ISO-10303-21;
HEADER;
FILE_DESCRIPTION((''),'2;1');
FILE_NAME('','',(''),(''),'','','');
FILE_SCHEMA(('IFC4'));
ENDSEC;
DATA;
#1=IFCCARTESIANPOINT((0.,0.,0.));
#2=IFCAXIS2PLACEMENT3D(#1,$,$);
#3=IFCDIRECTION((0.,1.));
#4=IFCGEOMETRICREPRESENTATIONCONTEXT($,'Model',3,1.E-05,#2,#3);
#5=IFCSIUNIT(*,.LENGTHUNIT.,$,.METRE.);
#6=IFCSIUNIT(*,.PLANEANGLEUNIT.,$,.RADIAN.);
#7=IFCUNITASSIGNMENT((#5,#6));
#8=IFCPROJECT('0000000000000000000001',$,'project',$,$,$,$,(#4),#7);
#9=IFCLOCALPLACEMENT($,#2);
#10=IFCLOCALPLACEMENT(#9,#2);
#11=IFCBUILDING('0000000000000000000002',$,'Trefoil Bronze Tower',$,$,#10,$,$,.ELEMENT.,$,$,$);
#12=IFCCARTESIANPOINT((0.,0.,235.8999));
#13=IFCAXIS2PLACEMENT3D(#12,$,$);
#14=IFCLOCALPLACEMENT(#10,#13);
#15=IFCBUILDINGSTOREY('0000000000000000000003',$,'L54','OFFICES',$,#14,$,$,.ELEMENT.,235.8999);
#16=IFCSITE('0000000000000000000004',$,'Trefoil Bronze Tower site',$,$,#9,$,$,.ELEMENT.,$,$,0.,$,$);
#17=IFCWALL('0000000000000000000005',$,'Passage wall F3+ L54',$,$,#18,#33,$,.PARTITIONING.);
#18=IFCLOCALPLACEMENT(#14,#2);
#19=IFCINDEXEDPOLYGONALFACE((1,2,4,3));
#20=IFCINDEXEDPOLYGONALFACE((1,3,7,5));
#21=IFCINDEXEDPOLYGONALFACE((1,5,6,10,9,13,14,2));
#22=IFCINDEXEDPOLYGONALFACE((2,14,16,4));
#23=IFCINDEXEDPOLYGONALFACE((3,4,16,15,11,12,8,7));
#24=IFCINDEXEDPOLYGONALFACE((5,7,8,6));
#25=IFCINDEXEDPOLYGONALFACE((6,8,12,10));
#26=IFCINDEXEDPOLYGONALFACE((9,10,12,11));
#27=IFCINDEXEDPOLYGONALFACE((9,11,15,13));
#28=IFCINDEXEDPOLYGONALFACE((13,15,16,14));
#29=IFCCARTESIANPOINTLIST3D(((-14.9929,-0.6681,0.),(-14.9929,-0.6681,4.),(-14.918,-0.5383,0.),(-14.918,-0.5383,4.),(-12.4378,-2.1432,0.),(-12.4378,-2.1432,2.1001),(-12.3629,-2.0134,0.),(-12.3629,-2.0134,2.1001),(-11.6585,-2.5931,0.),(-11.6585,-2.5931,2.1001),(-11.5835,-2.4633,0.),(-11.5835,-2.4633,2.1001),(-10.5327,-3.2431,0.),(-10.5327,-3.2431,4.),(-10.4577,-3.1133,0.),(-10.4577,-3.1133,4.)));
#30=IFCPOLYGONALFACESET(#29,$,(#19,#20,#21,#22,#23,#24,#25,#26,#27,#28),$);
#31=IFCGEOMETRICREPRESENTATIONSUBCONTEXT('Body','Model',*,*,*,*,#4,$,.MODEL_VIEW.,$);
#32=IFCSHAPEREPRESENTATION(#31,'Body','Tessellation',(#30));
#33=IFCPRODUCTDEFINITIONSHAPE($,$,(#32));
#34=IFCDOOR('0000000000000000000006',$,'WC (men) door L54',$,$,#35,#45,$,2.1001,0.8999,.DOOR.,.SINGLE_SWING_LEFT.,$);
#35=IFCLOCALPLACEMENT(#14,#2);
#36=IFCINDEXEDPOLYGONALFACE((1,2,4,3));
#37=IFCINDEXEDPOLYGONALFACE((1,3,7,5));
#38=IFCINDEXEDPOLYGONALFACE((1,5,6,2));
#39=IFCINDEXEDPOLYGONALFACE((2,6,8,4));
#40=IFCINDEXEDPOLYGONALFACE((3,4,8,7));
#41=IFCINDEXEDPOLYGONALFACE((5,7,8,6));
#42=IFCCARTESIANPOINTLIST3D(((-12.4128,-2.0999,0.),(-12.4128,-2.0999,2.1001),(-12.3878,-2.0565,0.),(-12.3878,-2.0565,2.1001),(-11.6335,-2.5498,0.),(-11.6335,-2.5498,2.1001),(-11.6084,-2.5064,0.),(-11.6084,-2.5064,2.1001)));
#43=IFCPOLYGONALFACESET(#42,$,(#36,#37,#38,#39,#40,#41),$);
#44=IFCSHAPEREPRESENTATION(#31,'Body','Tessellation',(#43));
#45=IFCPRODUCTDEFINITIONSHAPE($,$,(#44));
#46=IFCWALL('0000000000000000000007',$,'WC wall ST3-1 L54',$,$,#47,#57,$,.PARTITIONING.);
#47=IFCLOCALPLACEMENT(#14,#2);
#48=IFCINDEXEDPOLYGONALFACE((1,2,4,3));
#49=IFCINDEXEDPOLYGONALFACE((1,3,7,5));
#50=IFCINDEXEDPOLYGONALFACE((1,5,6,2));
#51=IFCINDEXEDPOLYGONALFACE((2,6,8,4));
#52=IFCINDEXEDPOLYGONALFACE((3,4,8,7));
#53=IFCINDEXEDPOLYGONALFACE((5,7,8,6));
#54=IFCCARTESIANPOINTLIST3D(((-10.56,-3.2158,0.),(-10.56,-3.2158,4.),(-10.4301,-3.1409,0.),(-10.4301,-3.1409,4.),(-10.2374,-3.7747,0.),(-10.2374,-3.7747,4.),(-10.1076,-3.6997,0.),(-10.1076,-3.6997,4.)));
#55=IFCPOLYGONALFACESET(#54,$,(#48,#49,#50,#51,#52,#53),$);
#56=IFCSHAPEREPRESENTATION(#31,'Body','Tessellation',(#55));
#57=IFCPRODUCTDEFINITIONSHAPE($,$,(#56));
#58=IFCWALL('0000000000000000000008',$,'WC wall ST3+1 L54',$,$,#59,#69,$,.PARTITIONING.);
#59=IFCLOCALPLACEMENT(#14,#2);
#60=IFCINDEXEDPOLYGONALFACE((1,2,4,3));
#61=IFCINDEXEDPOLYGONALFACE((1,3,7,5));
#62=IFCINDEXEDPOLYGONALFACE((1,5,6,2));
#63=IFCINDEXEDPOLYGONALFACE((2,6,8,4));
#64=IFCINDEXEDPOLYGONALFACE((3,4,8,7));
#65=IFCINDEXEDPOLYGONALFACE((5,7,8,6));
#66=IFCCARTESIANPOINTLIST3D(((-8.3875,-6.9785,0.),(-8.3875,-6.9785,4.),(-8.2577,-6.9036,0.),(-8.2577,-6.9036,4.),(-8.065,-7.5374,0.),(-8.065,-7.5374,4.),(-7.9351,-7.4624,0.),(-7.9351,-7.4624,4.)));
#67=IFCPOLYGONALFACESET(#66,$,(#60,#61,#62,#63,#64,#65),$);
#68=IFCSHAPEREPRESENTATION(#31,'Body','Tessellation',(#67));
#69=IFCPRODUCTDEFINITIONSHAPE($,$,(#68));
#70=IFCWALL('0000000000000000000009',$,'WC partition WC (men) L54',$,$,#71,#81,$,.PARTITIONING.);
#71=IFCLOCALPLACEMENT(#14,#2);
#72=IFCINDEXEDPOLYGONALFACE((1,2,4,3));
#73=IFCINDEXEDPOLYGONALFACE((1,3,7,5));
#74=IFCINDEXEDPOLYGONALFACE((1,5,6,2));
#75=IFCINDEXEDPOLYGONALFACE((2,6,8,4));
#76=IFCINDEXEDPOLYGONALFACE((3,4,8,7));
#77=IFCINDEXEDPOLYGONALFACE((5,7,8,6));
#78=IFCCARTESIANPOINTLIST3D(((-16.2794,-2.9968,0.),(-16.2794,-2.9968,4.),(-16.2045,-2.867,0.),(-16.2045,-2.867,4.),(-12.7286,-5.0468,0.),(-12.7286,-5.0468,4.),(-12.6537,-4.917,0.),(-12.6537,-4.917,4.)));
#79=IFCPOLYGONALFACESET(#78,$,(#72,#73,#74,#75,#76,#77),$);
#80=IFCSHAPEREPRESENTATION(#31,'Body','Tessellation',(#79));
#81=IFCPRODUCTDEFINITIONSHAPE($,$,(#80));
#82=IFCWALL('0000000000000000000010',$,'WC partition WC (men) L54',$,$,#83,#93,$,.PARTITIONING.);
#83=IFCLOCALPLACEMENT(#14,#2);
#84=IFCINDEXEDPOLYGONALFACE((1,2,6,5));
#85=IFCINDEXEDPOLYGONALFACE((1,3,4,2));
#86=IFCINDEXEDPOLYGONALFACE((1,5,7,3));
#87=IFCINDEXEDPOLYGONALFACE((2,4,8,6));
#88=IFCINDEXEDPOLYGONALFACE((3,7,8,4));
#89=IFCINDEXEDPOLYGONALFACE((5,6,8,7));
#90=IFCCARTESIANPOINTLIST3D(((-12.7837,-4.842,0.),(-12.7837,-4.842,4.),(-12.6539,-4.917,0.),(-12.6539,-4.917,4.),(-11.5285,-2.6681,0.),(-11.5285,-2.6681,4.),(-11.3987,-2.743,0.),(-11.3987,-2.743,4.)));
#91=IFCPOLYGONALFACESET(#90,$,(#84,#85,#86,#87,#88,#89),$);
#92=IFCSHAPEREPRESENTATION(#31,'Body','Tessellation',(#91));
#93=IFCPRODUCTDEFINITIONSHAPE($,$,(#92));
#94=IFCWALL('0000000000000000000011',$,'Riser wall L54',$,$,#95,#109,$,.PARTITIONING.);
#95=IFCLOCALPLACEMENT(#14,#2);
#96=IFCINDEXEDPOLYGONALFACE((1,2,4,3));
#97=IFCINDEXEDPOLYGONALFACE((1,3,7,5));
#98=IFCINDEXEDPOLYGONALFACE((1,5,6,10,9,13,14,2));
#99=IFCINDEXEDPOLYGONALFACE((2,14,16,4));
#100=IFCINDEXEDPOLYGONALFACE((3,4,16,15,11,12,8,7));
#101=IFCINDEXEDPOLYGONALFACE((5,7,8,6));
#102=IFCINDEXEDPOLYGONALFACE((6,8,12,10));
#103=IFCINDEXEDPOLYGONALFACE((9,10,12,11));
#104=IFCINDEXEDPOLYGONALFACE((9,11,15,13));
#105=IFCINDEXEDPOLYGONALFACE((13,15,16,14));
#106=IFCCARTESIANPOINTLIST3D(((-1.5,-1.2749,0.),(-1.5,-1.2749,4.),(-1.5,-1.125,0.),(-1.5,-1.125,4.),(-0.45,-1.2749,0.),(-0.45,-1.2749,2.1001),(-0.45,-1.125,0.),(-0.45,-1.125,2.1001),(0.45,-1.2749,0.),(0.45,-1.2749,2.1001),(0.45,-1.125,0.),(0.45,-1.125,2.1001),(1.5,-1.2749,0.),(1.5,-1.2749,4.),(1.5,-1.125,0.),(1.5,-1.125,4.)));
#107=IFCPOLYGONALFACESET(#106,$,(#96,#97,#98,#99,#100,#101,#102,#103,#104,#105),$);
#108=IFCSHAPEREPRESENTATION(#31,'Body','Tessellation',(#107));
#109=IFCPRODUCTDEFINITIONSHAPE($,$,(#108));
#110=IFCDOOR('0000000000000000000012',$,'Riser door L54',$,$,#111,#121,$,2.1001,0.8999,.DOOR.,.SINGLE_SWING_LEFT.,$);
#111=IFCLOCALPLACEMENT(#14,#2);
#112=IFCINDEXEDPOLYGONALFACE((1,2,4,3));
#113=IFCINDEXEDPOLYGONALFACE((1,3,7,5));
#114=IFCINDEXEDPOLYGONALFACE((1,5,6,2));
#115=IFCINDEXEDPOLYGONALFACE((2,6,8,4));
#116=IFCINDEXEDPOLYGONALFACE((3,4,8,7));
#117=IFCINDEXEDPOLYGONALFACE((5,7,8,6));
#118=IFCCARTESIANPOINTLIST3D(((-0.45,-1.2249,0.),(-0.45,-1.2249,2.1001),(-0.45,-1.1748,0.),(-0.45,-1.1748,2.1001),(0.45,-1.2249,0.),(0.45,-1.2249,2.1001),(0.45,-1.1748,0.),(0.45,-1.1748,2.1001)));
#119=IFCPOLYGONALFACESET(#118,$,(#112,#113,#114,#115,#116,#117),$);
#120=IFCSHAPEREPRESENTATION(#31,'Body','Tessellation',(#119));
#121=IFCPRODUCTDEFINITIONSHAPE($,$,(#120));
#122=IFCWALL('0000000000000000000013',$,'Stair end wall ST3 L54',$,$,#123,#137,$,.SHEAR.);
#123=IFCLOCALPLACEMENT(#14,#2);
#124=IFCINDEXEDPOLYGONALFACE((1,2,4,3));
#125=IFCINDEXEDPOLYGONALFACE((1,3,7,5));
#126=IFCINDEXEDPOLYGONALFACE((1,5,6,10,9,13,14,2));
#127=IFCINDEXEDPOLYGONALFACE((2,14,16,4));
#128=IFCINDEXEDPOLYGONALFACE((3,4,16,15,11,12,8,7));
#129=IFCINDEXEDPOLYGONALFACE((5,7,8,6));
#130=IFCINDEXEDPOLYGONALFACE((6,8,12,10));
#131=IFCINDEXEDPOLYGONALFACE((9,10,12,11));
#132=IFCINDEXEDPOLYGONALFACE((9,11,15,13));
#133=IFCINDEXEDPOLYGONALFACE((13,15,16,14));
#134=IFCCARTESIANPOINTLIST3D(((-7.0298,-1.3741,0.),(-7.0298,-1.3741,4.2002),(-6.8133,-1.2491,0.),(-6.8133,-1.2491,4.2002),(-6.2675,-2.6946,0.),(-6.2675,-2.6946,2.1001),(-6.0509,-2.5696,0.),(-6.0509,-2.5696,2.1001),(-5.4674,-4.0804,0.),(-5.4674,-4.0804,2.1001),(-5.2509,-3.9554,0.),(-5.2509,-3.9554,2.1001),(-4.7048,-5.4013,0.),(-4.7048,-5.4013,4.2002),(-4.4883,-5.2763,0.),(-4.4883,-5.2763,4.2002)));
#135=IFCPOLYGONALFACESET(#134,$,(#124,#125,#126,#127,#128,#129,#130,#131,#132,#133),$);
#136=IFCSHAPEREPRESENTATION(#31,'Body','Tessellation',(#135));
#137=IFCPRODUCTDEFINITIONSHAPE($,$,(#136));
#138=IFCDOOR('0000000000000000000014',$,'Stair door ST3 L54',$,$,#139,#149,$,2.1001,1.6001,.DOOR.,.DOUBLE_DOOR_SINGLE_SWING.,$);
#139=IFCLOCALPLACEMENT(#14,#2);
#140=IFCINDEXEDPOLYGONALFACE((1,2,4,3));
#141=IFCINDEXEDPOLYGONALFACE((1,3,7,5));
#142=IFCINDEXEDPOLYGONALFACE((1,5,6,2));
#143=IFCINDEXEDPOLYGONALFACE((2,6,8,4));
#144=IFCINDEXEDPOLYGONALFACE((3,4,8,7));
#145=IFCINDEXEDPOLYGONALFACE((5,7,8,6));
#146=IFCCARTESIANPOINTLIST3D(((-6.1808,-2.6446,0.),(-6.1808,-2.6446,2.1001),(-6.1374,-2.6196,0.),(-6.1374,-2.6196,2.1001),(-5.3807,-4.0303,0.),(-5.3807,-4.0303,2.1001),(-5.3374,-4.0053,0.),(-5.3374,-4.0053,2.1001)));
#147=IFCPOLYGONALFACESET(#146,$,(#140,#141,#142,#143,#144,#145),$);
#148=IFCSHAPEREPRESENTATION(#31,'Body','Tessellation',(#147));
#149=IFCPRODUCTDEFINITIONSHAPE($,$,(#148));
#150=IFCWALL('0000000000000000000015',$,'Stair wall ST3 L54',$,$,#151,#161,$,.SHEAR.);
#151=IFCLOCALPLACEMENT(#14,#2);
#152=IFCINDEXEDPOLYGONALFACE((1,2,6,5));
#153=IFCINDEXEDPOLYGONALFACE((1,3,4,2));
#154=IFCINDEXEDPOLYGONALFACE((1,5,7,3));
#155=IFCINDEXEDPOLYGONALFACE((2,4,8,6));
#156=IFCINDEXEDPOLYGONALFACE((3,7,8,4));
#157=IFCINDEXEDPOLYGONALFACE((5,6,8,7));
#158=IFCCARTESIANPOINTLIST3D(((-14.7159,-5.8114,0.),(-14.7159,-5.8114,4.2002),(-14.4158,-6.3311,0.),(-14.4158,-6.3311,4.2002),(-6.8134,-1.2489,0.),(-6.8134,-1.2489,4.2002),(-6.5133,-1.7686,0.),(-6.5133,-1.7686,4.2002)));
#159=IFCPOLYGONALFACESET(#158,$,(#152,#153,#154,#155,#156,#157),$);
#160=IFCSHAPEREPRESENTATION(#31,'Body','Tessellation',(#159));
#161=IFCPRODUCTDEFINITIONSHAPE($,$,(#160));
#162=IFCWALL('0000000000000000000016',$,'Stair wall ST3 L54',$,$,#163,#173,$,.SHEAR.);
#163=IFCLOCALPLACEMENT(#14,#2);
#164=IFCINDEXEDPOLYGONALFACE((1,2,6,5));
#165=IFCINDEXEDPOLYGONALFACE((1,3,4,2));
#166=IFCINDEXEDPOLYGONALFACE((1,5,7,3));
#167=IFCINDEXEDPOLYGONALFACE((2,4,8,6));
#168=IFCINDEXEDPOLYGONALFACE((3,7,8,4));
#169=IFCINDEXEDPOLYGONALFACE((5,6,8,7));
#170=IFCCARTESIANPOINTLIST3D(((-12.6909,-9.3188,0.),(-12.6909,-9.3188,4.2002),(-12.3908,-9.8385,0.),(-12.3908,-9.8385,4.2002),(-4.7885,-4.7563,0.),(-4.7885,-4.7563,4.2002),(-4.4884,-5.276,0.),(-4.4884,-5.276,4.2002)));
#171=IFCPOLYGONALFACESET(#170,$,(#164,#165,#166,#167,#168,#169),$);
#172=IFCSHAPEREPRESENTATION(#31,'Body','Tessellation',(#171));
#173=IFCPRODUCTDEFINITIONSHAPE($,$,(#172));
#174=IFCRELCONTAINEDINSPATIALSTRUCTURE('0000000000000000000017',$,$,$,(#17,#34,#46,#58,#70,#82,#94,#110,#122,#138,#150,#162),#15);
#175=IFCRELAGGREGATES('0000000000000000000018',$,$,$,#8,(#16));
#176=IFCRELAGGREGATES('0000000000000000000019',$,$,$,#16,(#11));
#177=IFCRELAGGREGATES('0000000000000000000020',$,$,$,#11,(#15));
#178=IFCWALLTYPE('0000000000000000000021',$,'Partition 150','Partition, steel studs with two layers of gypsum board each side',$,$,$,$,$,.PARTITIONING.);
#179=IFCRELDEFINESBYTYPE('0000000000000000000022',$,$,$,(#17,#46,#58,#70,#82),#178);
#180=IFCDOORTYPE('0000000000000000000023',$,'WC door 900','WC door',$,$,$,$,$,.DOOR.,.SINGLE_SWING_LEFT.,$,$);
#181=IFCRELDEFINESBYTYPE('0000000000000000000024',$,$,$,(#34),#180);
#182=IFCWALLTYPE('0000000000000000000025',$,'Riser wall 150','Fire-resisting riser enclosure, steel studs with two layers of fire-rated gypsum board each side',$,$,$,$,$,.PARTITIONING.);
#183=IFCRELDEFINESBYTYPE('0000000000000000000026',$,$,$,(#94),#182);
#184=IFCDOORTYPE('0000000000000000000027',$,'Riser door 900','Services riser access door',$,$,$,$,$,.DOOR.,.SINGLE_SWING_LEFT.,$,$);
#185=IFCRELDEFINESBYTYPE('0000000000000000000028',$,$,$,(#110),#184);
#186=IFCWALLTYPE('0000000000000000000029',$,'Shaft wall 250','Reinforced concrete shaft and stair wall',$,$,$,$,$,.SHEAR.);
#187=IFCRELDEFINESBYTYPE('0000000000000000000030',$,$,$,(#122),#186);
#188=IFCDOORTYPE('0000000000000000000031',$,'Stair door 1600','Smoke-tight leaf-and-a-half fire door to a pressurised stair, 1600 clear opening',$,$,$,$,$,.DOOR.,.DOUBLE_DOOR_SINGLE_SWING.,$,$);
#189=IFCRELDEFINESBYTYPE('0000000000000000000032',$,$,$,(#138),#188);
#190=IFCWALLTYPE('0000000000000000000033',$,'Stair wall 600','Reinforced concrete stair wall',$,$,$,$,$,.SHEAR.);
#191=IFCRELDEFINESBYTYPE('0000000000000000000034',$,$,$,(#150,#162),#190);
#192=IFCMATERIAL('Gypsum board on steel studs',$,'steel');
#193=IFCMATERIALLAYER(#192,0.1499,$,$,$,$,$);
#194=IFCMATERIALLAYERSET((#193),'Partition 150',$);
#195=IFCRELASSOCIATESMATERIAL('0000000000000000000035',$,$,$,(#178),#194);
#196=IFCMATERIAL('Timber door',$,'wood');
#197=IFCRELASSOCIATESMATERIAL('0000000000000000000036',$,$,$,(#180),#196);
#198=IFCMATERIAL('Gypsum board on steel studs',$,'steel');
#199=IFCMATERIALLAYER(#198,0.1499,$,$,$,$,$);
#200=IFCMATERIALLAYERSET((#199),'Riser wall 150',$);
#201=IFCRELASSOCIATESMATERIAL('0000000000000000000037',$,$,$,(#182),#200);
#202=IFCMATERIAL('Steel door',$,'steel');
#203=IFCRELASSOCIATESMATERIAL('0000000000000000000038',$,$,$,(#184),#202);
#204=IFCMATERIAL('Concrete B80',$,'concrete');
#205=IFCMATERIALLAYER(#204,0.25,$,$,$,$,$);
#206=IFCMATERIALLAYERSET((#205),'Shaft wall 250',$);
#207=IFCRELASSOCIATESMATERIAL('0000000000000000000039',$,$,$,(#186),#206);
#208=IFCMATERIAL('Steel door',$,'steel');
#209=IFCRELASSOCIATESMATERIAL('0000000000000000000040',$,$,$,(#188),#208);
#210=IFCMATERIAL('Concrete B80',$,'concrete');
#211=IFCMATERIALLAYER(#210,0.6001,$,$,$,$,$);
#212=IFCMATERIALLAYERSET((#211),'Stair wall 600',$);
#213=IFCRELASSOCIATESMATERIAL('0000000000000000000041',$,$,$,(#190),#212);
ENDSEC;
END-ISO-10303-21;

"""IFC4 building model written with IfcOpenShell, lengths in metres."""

from ifc_helpers import new_model, si_unit, direction, frame, frame_2d, origin, place, context, subcontext, project, spatial, rectangle, extrude, material, layer, layer_set, type_object, element, fill, save


model = new_model("IFC4")

# Units and contexts
model_context = context("Model", 3, precision=1e-05, world=origin(), true_north=direction((0.0, 1.0)))
body_context = subcontext(model_context, "Body", "Model", "MODEL_VIEW")
ifc_project = project(units=[si_unit("LENGTHUNIT", "METRE"), si_unit("PLANEANGLEUNIT", "RADIAN")], contexts=[model_context])

# Site, building, storey
site_placement = place(None, origin())
site = spatial("IfcSite", under=ifc_project, at=site_placement, Name="Trefoil Bronze Tower site", CompositionType="ELEMENT", RefElevation=0.0)
building_placement = place(site_placement, origin())
building = spatial("IfcBuilding", under=site, at=building_placement, Name="Trefoil Bronze Tower", CompositionType="ELEMENT")
storey_placement = place(building_placement, frame((0.0, 0.0, 235.8999)))
storey = spatial("IfcBuildingStorey", under=building, at=storey_placement, Name="L54", Description="OFFICES", CompositionType="ELEMENT", Elevation=235.8999)

# Wall, opening, door
ifc_material_1 = material(Name="Gypsum board on steel studs", Category="steel")
ifc_layer_1 = layer(ifc_material_1, 0.1499)
ifc_layer_set_1 = layer_set([ifc_layer_1], Name="Partition 150")
wall_type_1 = type_object("IfcWallType", Name="Partition 150", Description="Partition, steel studs with two layers of gypsum board each side", PredefinedType="PARTITIONING", material=ifc_layer_set_1)
wall_1_placement = place(storey_placement, frame((-10.4951, -3.1782, 0.0), z_axis=(0.0, 0.0, 1.0), x_axis=(-0.866038, 0.499978, 0.0)))
wall_1 = element("IfcWall", 1, at=wall_1_placement, inside=storey, type_object=wall_type_1, Name="Passage wall F3+ L54", PredefinedType="PARTITIONING", context=body_context, shape_type="SweptSolid", body=[
    extrude(rectangle(XDim=5.1501, YDim=0.1499, at=frame_2d((2.5752, 0.0))), origin(), (0.0, 0.0, 1.0), 4.0),
])
opening_1_placement = place(wall_1_placement, frame((1.3, 0.0, 0.0)))
opening_1 = element("IfcOpeningElement", 2, at=opening_1_placement, cuts=wall_1, PredefinedType="OPENING", context=body_context, shape_type="SweptSolid", body=[
    extrude(rectangle(XDim=0.8999, YDim=2.1001, at=frame_2d((0.45, 1.05))), frame((0.0, 0.085, 0.0), z_axis=(0.0, -1.0, 0.0), x_axis=(1.0, 0.0, 0.0)), (0.0, 0.0, 1.0), 0.1699),
])
ifc_material_2 = material(Name="Timber door", Category="wood")
door_type_1 = type_object("IfcDoorType", Name="WC door 900", Description="WC door", OperationType="SINGLE_SWING_LEFT", PredefinedType="DOOR", material=ifc_material_2)
door_1_placement = place(opening_1_placement, origin())
door_1 = element("IfcDoor", 3, at=door_1_placement, inside=storey, type_object=door_type_1, Name="WC (men) door L54", OperationType="SINGLE_SWING_LEFT", OverallHeight=2.1001, OverallWidth=0.8999, PredefinedType="DOOR", context=body_context, shape_type="SweptSolid", body=[
    extrude(rectangle(XDim=0.8999, YDim=2.1001, at=frame_2d((0.45, 1.05))), frame((0.0, 0.0249, 0.0), z_axis=(0.0, -1.0, 0.0), x_axis=(1.0, 0.0, 0.0)), (0.0, 0.0, 1.0), 0.05),
])
fill(opening_1, door_1)

# Walls
for number, where, z_axis, x_axis, name in (
    (4, (-10.4951, -3.1782, 0.0), (0.0, 0.0, 1.0), (0.499843, -0.866116, 0.0), "WC wall ST3-1 L54"),
    (5, (-8.0, -7.5, 0.0), (0.0, 0.0, 1.0), (-0.499843, 0.866116, 0.0), "WC wall ST3+1 L54"),
):
    element("IfcWall", number, at=place(storey_placement, frame(where, z_axis=z_axis, x_axis=x_axis)), inside=storey, type_object=wall_type_1, Name=name, PredefinedType="PARTITIONING", context=body_context, shape_type="SweptSolid", body=[
        extrude(rectangle(XDim=0.6453, YDim=0.1499, at=frame_2d((0.3228, 0.0))), origin(), (0.0, 0.0, 1.0), 4.0),
    ])
wall_2_placement = place(storey_placement, frame((-12.6912, -4.9819, 0.0), z_axis=(0.0, 0.0, 1.0), x_axis=(-0.866025, 0.500001, 0.0)))
element("IfcWall", 6, at=wall_2_placement, inside=storey, type_object=wall_type_1, Name="WC partition WC (men) L54", PredefinedType="PARTITIONING", context=body_context, shape_type="SweptSolid", body=[
    extrude(rectangle(XDim=4.1001, YDim=0.1499, at=frame_2d((2.05, 0.0))), origin(), (0.0, 0.0, 1.0), 4.0),
])
wall_3_placement = place(storey_placement, frame((-11.4636, -2.7056, 0.0), z_axis=(0.0, 0.0, 1.0), x_axis=(-0.50002, -0.866014, 0.0)))
element("IfcWall", 7, at=wall_3_placement, inside=storey, type_object=wall_type_1, Name="WC partition WC (men) L54", PredefinedType="PARTITIONING", context=body_context, shape_type="SweptSolid", body=[
    extrude(rectangle(XDim=2.5103, YDim=0.1499, at=frame_2d((1.2551, 0.0))), origin(), (0.0, 0.0, 1.0), 4.0),
])

# Walls, openings, doors
ifc_material_3 = material(Name="Gypsum board on steel studs", Category="steel")
ifc_layer_2 = layer(ifc_material_3, 0.1499)
ifc_layer_set_2 = layer_set([ifc_layer_2], Name="Riser wall 150")
wall_type_2 = type_object("IfcWallType", Name="Riser wall 150", Description="Fire-resisting riser enclosure, steel studs with two layers of fire-rated gypsum board each side", PredefinedType="PARTITIONING", material=ifc_layer_set_2)
wall_4_placement = place(storey_placement, frame((-1.5, -1.2, 0.0), z_axis=(0.0, 0.0, 1.0), x_axis=(1.0, 0.0, 0.0)))
wall_4 = element("IfcWall", 8, at=wall_4_placement, inside=storey, type_object=wall_type_2, Name="Riser wall L54", PredefinedType="PARTITIONING", context=body_context, shape_type="SweptSolid", body=[
    extrude(rectangle(XDim=3.0, YDim=0.1499, at=frame_2d((1.5, 0.0))), origin(), (0.0, 0.0, 1.0), 4.0),
])
opening_2_placement = place(wall_4_placement, frame((1.05, 0.0, 0.0)))
opening_2 = element("IfcOpeningElement", 9, at=opening_2_placement, cuts=wall_4, PredefinedType="OPENING", context=body_context, shape_type="SweptSolid", body=[
    extrude(rectangle(XDim=0.8999, YDim=2.1001, at=frame_2d((0.45, 1.05))), frame((0.0, 0.085, 0.0), z_axis=(0.0, -1.0, 0.0), x_axis=(1.0, 0.0, 0.0)), (0.0, 0.0, 1.0), 0.1699),
])
ifc_material_4 = material(Name="Steel door", Category="steel")
door_type_2 = type_object("IfcDoorType", Name="Riser door 900", Description="Services riser access door", OperationType="SINGLE_SWING_LEFT", PredefinedType="DOOR", material=ifc_material_4)
door_2_placement = place(opening_2_placement, frame((0.8999, 0.0, 0.0), z_axis=(0.0, 0.0, 1.0), x_axis=(-1.0, 0.0, 0.0)))
door_2 = element("IfcDoor", 10, at=door_2_placement, inside=storey, type_object=door_type_2, Name="Riser door L54", OperationType="SINGLE_SWING_LEFT", OverallHeight=2.1001, OverallWidth=0.8999, PredefinedType="DOOR", context=body_context, shape_type="SweptSolid", body=[
    extrude(rectangle(XDim=0.8999, YDim=2.1001, at=frame_2d((0.45, 1.05))), frame((0.0, 0.0249, 0.0), z_axis=(0.0, -1.0, 0.0), x_axis=(1.0, 0.0, 0.0)), (0.0, 0.0, 1.0), 0.05),
])
fill(opening_2, door_2)
ifc_material_5 = material(Name="Concrete B80", Category="concrete")
ifc_layer_3 = layer(ifc_material_5, 0.25)
ifc_layer_set_3 = layer_set([ifc_layer_3], Name="Shaft wall 250")
wall_type_3 = type_object("IfcWallType", Name="Shaft wall 250", Description="Reinforced concrete shaft and stair wall", PredefinedType="SHEAR", material=ifc_layer_set_3)
wall_5_placement = place(storey_placement, frame((-6.9216, -1.3115, 0.0), z_axis=(0.0, 0.0, 1.0), x_axis=(0.499985, -0.866034, 0.0)))
wall_5 = element("IfcWall", 11, at=wall_5_placement, inside=storey, type_object=wall_type_3, Name="Stair end wall ST3 L54", PredefinedType="SHEAR", context=body_context, shape_type="SweptSolid", body=[
    extrude(rectangle(XDim=4.6501, YDim=0.25, at=frame_2d((2.3252, 0.0))), origin(), (0.0, 0.0, 1.0), 4.2002),
])
opening_3_placement = place(wall_5_placement, frame((1.5249, 0.0, 0.0)))
opening_3 = element("IfcOpeningElement", 12, at=opening_3_placement, cuts=wall_5, PredefinedType="OPENING", context=body_context, shape_type="SweptSolid", body=[
    extrude(rectangle(XDim=1.6001, YDim=2.1001, at=frame_2d((0.8, 1.05))), frame((0.0, 0.135, 0.0), z_axis=(0.0, -1.0, 0.0), x_axis=(1.0, 0.0, 0.0)), (0.0, 0.0, 1.0), 0.27),
])
ifc_material_6 = material(Name="Steel door", Category="steel")
door_type_3 = type_object("IfcDoorType", Name="Stair door 1600", Description="Smoke-tight leaf-and-a-half fire door to a pressurised stair, 1600 clear opening", OperationType="DOUBLE_DOOR_SINGLE_SWING", PredefinedType="DOOR", material=ifc_material_6)
door_3_placement = place(opening_3_placement, frame((1.6001, 0.0, 0.0), z_axis=(0.0, 0.0, 1.0), x_axis=(-1.0, 0.0, 0.0)))
door_3 = element("IfcDoor", 13, at=door_3_placement, inside=storey, type_object=door_type_3, Name="Stair door ST3 L54", OperationType="DOUBLE_DOOR_SINGLE_SWING", OverallHeight=2.1001, OverallWidth=1.6001, PredefinedType="DOOR", context=body_context, shape_type="SweptSolid", body=[
    extrude(rectangle(XDim=1.6001, YDim=2.1001, at=frame_2d((0.8, 1.05))), frame((0.0, 0.0249, 0.0), z_axis=(0.0, -1.0, 0.0), x_axis=(1.0, 0.0, 0.0)), (0.0, 0.0, 1.0), 0.05),
])
fill(opening_3, door_3)

# Walls
ifc_material_7 = material(Name="Concrete B80", Category="concrete")
ifc_layer_4 = layer(ifc_material_7, 0.6001)
ifc_layer_set_4 = layer_set([ifc_layer_4], Name="Stair wall 600")
wall_type_4 = type_object("IfcWallType", Name="Stair wall 600", Description="Reinforced concrete stair wall", PredefinedType="SHEAR", material=ifc_layer_set_4)
for number, where, z_axis, x_axis, name in (
    (14, (-6.6633, -1.5088, 0.0), (0.0, 0.0, 1.0), (-0.866028, -0.499995, 0.0), "Stair wall ST3 L54"),
    (15, (-4.6384, -5.0161, 0.0), (0.0, 0.0, 1.0), (-0.866022, -0.500007, 0.0), "Stair wall ST3 L54"),
):
    element("IfcWall", number, at=place(storey_placement, frame(where, z_axis=z_axis, x_axis=x_axis)), inside=storey, type_object=wall_type_4, Name=name, PredefinedType="SHEAR", context=body_context, shape_type="SweptSolid", body=[
        extrude(rectangle(XDim=9.125, YDim=0.6001, at=frame_2d((4.5625, 0.0))), origin(), (0.0, 0.0, 1.0), 4.2002),
    ])

save(model, "model.ifc")
